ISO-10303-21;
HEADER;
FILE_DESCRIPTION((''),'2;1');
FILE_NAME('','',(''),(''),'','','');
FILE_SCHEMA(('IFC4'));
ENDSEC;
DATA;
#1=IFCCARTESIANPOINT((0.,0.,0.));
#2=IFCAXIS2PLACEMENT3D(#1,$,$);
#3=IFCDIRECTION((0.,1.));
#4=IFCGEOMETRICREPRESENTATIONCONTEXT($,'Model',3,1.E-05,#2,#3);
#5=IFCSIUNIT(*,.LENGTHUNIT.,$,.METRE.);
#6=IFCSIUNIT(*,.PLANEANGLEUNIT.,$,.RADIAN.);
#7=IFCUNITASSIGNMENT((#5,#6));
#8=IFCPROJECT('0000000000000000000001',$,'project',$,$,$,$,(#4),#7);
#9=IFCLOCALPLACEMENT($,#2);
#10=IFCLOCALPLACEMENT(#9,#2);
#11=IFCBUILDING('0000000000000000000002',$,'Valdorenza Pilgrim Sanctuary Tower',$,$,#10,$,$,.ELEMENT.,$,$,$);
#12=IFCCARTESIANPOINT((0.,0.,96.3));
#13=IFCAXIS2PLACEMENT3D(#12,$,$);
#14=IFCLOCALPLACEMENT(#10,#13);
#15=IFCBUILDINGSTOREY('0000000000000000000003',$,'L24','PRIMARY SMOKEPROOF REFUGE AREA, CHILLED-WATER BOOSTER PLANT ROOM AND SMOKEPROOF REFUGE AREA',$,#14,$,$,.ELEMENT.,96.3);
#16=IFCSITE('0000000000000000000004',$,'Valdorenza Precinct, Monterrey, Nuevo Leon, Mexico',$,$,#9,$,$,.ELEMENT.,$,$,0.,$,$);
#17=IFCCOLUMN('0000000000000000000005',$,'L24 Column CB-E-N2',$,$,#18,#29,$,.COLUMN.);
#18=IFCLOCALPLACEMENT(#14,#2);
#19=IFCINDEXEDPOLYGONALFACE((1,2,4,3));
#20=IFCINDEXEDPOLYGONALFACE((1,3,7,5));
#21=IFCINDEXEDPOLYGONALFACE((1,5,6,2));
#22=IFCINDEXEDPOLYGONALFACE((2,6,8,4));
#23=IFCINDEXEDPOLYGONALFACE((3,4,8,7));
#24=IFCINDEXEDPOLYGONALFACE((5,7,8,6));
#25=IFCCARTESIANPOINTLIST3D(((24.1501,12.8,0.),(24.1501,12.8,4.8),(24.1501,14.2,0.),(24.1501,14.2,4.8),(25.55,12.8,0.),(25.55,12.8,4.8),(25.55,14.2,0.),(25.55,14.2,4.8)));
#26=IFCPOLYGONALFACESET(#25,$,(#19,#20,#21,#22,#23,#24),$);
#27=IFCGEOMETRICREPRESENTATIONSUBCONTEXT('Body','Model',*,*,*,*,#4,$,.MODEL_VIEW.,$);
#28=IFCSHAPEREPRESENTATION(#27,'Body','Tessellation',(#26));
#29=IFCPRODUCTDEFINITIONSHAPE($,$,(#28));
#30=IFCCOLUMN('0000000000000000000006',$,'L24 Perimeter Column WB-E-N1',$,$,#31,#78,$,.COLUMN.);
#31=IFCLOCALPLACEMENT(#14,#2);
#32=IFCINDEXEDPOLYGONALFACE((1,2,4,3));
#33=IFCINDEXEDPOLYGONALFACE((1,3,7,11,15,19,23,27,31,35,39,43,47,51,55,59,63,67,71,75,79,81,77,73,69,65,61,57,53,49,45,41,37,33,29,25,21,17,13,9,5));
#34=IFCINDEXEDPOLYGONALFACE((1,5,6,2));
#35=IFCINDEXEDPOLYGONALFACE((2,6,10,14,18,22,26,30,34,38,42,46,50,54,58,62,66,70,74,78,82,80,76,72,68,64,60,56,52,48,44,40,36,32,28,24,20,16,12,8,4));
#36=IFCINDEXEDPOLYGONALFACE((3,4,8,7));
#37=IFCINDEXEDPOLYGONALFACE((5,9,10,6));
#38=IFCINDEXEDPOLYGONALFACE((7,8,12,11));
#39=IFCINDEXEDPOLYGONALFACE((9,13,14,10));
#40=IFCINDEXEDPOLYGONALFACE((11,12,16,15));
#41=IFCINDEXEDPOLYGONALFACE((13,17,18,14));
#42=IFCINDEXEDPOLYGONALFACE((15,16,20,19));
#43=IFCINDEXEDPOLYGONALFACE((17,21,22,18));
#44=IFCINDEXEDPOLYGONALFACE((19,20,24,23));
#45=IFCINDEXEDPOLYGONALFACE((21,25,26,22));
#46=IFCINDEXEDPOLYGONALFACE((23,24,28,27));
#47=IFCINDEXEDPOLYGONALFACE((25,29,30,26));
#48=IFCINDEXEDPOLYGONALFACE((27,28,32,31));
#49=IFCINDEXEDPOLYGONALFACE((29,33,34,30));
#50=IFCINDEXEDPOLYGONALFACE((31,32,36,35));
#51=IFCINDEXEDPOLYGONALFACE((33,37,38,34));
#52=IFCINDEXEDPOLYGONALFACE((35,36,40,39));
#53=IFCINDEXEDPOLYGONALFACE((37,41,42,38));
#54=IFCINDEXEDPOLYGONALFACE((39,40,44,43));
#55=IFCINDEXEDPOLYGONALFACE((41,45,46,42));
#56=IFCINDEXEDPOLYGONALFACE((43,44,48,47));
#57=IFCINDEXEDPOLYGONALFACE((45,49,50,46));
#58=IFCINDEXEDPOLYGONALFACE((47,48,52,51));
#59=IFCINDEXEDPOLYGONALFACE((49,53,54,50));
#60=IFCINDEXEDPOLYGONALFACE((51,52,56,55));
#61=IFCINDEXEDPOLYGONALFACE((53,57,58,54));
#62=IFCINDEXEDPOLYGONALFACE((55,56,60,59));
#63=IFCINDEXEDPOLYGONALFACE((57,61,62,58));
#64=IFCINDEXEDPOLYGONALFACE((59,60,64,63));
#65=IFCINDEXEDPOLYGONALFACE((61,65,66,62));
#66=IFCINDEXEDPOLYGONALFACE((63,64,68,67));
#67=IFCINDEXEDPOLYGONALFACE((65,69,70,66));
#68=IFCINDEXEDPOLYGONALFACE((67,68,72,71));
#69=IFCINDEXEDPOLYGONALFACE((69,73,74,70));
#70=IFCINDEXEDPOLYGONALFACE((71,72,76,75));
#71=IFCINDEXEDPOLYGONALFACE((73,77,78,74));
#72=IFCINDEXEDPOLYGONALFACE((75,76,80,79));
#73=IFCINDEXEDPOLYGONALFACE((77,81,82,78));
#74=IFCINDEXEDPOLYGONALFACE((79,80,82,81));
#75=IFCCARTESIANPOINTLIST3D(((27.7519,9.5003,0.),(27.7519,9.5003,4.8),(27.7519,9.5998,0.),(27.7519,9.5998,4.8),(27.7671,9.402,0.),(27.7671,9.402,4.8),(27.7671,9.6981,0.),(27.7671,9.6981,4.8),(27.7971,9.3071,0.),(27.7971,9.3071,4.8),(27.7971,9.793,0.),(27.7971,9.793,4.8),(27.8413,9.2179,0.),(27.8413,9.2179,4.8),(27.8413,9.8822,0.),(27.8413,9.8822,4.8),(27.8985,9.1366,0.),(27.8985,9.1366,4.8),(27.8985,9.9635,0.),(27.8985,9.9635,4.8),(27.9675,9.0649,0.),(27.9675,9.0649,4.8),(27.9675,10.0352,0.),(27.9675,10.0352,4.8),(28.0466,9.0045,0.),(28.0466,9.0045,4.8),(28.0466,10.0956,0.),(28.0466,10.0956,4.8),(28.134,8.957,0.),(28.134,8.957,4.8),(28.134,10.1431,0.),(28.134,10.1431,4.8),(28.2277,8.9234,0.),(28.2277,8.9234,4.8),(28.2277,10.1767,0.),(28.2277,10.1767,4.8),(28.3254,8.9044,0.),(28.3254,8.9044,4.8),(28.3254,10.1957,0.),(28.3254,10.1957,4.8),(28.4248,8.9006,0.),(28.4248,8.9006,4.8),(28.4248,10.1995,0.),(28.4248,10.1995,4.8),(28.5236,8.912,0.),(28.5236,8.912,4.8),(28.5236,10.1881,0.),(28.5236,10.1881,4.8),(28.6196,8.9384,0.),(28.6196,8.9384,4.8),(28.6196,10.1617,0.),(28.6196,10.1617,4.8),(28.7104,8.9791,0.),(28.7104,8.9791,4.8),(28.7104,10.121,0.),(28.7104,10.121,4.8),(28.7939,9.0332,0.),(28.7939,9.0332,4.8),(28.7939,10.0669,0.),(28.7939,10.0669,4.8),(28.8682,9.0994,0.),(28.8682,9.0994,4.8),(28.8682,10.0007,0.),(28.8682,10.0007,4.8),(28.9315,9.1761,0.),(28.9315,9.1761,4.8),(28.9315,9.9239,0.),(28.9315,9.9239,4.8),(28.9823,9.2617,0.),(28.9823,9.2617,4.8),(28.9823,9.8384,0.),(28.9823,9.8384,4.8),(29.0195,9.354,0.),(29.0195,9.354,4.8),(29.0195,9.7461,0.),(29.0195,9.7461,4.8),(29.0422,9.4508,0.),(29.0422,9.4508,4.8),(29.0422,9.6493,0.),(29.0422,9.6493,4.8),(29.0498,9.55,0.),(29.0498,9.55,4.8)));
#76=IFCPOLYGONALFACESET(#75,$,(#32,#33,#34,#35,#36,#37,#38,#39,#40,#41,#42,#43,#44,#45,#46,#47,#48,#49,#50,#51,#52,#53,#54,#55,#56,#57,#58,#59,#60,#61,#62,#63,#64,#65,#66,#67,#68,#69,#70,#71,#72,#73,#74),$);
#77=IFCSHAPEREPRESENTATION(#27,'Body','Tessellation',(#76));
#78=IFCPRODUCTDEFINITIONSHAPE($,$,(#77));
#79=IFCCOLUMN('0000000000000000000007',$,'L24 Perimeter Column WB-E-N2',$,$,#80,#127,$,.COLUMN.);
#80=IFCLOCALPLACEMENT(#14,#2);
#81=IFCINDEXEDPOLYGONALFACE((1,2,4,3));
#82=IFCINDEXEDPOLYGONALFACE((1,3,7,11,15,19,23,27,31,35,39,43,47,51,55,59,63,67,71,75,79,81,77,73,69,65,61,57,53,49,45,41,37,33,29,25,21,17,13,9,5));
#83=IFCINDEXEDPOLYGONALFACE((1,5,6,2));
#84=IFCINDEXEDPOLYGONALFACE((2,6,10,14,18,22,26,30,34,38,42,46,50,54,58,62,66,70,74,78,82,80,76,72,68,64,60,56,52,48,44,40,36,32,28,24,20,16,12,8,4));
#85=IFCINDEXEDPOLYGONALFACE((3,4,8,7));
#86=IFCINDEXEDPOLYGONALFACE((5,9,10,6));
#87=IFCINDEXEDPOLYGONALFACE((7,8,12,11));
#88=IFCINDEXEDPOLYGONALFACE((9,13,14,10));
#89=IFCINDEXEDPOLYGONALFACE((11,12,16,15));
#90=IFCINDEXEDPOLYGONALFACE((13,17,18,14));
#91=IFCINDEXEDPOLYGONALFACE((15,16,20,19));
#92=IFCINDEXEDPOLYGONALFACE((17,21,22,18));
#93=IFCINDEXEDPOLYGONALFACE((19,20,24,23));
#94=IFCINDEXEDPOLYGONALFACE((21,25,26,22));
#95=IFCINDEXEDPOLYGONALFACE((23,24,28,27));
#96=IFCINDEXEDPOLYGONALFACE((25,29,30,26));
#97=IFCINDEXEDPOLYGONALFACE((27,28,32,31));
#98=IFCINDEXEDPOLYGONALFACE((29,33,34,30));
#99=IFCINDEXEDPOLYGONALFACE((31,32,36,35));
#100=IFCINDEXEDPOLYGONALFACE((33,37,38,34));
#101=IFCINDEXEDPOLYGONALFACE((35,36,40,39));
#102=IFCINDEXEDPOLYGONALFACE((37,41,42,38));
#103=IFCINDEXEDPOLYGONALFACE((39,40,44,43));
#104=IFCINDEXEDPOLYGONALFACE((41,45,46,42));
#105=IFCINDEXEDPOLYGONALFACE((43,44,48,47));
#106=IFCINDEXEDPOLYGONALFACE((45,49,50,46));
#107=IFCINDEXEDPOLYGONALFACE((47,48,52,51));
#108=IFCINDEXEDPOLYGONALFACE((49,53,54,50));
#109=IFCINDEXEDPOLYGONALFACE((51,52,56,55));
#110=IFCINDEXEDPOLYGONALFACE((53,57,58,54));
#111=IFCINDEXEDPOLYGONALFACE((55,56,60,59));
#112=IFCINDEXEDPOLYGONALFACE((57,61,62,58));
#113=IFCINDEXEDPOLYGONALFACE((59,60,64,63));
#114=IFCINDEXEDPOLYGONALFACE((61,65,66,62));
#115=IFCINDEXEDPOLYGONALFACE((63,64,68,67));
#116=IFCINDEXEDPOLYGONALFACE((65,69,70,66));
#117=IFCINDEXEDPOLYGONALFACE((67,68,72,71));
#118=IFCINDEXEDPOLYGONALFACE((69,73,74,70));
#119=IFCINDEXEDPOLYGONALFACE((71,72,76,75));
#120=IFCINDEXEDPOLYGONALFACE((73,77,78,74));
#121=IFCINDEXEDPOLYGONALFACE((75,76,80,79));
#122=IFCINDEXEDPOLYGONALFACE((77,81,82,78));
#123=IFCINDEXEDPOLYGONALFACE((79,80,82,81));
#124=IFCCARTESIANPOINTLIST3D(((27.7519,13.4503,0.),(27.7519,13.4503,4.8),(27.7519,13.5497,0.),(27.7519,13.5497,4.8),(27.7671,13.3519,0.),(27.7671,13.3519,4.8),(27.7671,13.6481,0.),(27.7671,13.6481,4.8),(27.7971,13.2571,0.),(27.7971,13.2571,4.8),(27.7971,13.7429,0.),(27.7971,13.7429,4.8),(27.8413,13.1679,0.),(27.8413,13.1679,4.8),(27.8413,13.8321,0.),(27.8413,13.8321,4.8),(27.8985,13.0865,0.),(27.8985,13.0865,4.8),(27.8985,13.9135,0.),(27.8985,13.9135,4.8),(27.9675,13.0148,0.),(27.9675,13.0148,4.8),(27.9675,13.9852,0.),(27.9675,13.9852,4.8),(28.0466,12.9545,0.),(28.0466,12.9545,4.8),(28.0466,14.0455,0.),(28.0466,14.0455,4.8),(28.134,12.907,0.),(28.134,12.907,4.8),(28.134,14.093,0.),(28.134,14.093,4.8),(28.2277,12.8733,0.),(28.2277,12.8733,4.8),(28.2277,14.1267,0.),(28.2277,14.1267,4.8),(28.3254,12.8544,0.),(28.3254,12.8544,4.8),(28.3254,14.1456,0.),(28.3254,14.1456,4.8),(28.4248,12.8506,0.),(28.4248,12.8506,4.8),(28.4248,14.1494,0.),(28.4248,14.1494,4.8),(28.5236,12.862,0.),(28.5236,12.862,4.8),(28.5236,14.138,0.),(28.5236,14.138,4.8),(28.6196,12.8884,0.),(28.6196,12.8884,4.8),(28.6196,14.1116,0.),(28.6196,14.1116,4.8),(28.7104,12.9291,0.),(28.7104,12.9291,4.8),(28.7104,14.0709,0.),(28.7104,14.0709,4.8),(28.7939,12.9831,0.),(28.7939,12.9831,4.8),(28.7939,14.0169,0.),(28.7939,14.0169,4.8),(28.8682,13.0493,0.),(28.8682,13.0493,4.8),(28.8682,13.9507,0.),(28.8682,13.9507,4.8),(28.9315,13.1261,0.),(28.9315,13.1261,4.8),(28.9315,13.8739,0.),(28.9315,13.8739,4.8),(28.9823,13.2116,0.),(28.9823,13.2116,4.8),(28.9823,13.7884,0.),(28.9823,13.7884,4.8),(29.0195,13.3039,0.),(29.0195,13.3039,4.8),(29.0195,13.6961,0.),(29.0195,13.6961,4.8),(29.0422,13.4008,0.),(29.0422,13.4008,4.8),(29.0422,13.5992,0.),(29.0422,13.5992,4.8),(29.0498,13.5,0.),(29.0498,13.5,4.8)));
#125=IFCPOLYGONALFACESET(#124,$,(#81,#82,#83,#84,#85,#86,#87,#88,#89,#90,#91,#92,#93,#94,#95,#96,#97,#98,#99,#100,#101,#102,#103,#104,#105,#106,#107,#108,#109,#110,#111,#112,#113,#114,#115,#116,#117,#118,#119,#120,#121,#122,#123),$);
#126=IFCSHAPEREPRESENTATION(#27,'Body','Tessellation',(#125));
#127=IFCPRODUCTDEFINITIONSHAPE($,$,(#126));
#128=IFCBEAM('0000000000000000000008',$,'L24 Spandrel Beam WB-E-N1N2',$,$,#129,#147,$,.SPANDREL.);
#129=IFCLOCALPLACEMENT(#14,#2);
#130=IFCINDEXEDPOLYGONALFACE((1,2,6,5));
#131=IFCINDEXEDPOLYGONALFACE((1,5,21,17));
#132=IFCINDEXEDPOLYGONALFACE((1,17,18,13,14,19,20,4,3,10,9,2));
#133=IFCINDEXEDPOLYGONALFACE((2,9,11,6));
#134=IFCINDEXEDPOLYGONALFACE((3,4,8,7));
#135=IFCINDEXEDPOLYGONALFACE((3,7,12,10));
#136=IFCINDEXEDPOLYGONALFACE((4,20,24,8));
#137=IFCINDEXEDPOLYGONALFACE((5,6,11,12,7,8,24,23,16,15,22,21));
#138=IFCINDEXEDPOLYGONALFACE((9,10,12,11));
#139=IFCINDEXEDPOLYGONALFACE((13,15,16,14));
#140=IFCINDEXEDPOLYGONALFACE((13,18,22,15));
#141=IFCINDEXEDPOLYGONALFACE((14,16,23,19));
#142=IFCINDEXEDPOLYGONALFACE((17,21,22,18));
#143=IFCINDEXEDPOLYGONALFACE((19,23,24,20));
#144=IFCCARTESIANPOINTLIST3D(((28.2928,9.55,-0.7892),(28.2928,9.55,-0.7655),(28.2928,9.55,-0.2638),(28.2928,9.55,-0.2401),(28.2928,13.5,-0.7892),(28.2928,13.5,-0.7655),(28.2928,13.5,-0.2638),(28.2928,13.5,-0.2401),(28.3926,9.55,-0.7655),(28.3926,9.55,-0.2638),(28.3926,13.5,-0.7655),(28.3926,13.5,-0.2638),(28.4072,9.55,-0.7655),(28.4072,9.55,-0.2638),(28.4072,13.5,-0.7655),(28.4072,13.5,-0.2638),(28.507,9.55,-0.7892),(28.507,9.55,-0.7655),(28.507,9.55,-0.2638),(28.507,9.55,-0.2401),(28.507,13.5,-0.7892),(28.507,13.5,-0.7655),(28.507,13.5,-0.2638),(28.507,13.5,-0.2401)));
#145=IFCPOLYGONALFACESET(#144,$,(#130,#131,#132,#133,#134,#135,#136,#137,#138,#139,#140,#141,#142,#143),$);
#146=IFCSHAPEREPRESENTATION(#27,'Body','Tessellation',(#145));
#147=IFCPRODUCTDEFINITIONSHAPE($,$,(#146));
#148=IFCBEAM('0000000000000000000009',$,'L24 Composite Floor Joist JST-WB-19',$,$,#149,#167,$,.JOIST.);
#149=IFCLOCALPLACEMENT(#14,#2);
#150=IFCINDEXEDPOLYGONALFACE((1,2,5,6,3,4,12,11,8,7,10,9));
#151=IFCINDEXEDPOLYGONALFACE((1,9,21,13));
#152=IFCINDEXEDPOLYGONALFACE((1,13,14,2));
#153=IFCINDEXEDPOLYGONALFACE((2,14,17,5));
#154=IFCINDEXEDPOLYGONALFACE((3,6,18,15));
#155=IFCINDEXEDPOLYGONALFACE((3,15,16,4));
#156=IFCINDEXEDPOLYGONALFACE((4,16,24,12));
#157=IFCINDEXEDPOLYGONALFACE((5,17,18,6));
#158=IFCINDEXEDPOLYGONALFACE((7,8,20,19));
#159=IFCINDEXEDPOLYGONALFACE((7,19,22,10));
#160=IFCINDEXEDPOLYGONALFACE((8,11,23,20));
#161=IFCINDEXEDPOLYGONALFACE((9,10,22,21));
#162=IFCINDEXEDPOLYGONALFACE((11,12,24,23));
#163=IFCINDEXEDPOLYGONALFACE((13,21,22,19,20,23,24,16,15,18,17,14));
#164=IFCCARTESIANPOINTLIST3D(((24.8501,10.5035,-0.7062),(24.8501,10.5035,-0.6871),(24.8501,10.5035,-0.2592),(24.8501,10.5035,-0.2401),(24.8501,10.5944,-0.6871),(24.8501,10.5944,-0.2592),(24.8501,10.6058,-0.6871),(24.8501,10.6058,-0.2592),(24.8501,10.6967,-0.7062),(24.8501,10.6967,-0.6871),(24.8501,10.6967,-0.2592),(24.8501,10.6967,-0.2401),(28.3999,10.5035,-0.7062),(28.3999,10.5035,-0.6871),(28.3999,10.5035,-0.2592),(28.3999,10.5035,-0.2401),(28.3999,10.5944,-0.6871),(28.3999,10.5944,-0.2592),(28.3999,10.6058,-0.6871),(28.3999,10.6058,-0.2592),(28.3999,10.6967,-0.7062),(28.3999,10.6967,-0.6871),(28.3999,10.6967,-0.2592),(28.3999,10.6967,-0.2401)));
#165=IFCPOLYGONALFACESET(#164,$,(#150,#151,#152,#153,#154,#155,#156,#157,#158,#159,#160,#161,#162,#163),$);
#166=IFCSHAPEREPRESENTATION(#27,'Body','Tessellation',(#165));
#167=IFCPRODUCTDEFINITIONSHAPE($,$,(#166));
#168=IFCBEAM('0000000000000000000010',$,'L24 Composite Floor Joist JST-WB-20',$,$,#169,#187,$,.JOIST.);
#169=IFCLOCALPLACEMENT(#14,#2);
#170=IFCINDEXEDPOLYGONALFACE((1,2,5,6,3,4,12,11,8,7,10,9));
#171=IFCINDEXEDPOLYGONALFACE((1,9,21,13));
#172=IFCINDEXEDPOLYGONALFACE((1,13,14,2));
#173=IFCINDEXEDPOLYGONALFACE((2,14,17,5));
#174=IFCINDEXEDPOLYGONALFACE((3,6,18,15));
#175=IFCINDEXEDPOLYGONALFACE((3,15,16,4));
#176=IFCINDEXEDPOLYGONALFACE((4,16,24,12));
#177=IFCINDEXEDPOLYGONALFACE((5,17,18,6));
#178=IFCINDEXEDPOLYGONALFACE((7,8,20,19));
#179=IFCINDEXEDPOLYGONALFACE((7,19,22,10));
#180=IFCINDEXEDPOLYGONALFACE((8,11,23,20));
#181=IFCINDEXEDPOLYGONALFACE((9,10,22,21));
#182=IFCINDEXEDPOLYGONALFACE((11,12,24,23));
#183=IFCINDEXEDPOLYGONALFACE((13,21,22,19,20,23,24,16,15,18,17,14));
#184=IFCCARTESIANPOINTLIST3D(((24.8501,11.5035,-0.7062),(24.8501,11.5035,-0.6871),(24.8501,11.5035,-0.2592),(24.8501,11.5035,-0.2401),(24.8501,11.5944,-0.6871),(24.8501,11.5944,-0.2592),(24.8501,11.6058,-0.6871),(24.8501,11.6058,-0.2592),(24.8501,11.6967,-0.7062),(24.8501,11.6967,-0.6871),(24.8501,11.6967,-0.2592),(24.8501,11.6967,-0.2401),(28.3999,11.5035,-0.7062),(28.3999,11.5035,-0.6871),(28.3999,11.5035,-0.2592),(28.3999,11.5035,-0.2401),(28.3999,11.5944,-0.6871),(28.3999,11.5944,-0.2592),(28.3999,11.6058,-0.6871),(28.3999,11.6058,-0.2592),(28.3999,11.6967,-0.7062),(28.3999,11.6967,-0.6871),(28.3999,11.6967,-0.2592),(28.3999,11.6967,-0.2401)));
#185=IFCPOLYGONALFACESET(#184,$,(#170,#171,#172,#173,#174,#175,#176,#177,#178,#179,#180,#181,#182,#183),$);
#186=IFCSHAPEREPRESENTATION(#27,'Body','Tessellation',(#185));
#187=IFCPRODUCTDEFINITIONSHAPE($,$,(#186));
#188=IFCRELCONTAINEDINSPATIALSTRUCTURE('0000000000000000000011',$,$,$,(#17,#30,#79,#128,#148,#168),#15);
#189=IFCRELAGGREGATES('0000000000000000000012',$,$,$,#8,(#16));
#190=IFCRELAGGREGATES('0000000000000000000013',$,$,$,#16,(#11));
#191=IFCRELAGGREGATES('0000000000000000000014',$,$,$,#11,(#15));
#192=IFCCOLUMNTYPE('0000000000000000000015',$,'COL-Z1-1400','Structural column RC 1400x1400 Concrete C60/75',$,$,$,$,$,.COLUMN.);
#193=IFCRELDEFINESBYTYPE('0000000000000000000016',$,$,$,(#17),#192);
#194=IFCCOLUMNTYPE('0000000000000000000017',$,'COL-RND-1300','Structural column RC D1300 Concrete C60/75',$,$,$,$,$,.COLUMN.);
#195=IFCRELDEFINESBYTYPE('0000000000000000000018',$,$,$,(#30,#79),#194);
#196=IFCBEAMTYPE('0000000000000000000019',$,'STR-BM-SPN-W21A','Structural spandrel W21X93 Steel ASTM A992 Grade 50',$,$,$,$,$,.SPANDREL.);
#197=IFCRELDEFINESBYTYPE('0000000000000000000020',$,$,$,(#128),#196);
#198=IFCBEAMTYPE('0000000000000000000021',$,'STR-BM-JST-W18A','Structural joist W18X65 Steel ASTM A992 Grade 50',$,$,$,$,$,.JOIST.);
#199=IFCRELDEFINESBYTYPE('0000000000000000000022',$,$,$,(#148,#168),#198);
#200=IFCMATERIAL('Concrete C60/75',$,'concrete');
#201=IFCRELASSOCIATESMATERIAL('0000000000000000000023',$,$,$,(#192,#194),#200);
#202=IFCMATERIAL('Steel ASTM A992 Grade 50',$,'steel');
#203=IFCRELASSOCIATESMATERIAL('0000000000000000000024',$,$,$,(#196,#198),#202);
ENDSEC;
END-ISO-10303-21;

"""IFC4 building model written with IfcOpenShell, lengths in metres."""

from ifc_helpers import new_model, si_unit, direction, frame, origin, origin_2d, place, context, subcontext, project, spatial, rectangle, circle, i_section, extrude, source, transform, mapped, material, material_profile, profile_set, type_object, element, save


model = new_model("IFC4")

# Units and contexts
model_context = context("Model", 3, precision=1e-05, world=origin(), true_north=direction((0.0, 1.0)))
body_context = subcontext(model_context, "Body", "Model", "MODEL_VIEW")
ifc_project = project(units=[si_unit("LENGTHUNIT", "METRE"), si_unit("PLANEANGLEUNIT", "RADIAN")], contexts=[model_context])

# Site, building, storey
site_placement = place(None, origin())
site = spatial("IfcSite", under=ifc_project, at=site_placement, Name="Valdorenza Precinct, Monterrey, Nuevo Leon, Mexico", CompositionType="ELEMENT", RefElevation=0.0)
building_placement = place(site_placement, origin())
building = spatial("IfcBuilding", under=site, at=building_placement, Name="Valdorenza Pilgrim Sanctuary Tower", CompositionType="ELEMENT")
storey_placement = place(building_placement, frame((0.0, 0.0, 96.3)))
storey = spatial("IfcBuildingStorey", under=building, at=storey_placement, Name="L24", Description="PRIMARY SMOKEPROOF REFUGE AREA, CHILLED-WATER BOOSTER PLANT ROOM AND SMOKEPROOF REFUGE AREA", CompositionType="ELEMENT", Elevation=96.3)

# Columns
ifc_material_1 = material(Name="Concrete C60/75", Category="concrete")
ifc_material_profile_1 = material_profile(ifc_material_1, rectangle(XDim=1.3999, YDim=1.3999, at=origin_2d()), Name="RC 1400x1400")
ifc_profile_set_1 = profile_set([ifc_material_profile_1], Name="Concrete C60/75")
column_type_1 = type_object("IfcColumnType", Name="COL-Z1-1400", Description="Structural column RC 1400x1400 Concrete C60/75", PredefinedType="COLUMN", material=ifc_profile_set_1)
shared_shape_1 = source(origin(), body_context, "Body", "SweptSolid", [
    extrude(rectangle(XDim=1.3999, YDim=1.3999, at=origin_2d()), origin(), (0.0, 0.0, 1.0), 4.8),
])
column_placement = place(storey_placement, frame((24.8501, 13.5, 0.0), z_axis=(0.0, 0.0, 1.0), x_axis=(1.0, 0.0, 0.0)))
element("IfcColumn", 1, at=column_placement, inside=storey, type_object=column_type_1, Name="L24 Column CB-E-N2", PredefinedType="COLUMN", context=body_context, shape_type="MappedRepresentation", body=[
    mapped(shared_shape_1, transform((0.0, 0.0, 0.0), x_axis=(1.0, 0.0, 0.0), y_axis=(0.0, 1.0, 0.0), z_axis=(0.0, 0.0, 1.0), scale=1.0)),
])
ifc_material_profile_2 = material_profile(ifc_material_1, circle(Radius=0.6499, at=origin_2d()), Name="RC D1300")
ifc_profile_set_2 = profile_set([ifc_material_profile_2], Name="Concrete C60/75")
column_type_2 = type_object("IfcColumnType", Name="COL-RND-1300", Description="Structural column RC D1300 Concrete C60/75", PredefinedType="COLUMN", material=ifc_profile_set_2)
shared_shape_2 = source(origin(), body_context, "Body", "SweptSolid", [
    extrude(circle(Radius=0.6499, at=origin_2d()), origin(), (0.0, 0.0, 1.0), 4.8),
])
for number, where, z_axis, x_axis, name in (
    (2, (28.3999, 9.55, 0.0), (0.0, 0.0, 1.0), (1.0, 0.0, 0.0), "L24 Perimeter Column WB-E-N1"),
    (3, (28.3999, 13.5, 0.0), (0.0, 0.0, 1.0), (1.0, 0.0, 0.0), "L24 Perimeter Column WB-E-N2"),
):
    element("IfcColumn", number, at=place(storey_placement, frame(where, z_axis=z_axis, x_axis=x_axis)), inside=storey, type_object=column_type_2, Name=name, PredefinedType="COLUMN", context=body_context, shape_type="MappedRepresentation", body=[
        mapped(shared_shape_2, transform((0.0, 0.0, 0.0), x_axis=(1.0, 0.0, 0.0), y_axis=(0.0, 1.0, 0.0), z_axis=(0.0, 0.0, 1.0), scale=1.0)),
    ])

# Beams
ifc_material_2 = material(Name="Steel ASTM A992 Grade 50", Category="steel")
ifc_material_profile_3 = material_profile(ifc_material_2, i_section(OverallWidth=0.2141, OverallDepth=0.5491, WebThickness=0.0146, FlangeThickness=0.0237, at=origin_2d()), Name="W21X93")
ifc_profile_set_3 = profile_set([ifc_material_profile_3], Name="Steel ASTM A992 Grade 50")
beam_type_1 = type_object("IfcBeamType", Name="STR-BM-SPN-W21A", Description="Structural spandrel W21X93 Steel ASTM A992 Grade 50", PredefinedType="SPANDREL", material=ifc_profile_set_3)
shared_shape_3 = source(origin(), body_context, "Body", "SweptSolid", [
    extrude(i_section(OverallWidth=0.2141, OverallDepth=0.5491, WebThickness=0.0146, FlangeThickness=0.0237, at=origin_2d()), origin(), (0.0, 0.0, 1.0), 3.95),
])
beam_1_placement = place(storey_placement, frame((28.3999, 9.55, -0.5146), z_axis=(0.0, 1.0, 0.0), x_axis=(-1.0, 0.0, 0.0)))
element("IfcBeam", 4, at=beam_1_placement, inside=storey, type_object=beam_type_1, Name="L24 Spandrel Beam WB-E-N1N2", PredefinedType="SPANDREL", context=body_context, shape_type="MappedRepresentation", body=[
    mapped(shared_shape_3, transform((0.0, 0.0, 0.0), x_axis=(1.0, 0.0, 0.0), y_axis=(0.0, 1.0, 0.0), z_axis=(0.0, 0.0, 1.0), scale=1.0)),
])
ifc_material_profile_4 = material_profile(ifc_material_2, i_section(OverallWidth=0.1931, OverallDepth=0.4661, WebThickness=0.0115, FlangeThickness=0.019, at=origin_2d()), Name="W18X65")
ifc_profile_set_4 = profile_set([ifc_material_profile_4], Name="Steel ASTM A992 Grade 50")
beam_type_2 = type_object("IfcBeamType", Name="STR-BM-JST-W18A", Description="Structural joist W18X65 Steel ASTM A992 Grade 50", PredefinedType="JOIST", material=ifc_profile_set_4)
shared_shape_4 = source(origin(), body_context, "Body", "SweptSolid", [
    extrude(i_section(OverallWidth=0.1931, OverallDepth=0.4661, WebThickness=0.0115, FlangeThickness=0.019, at=origin_2d()), origin(), (0.0, 0.0, 1.0), 3.5498),
])
for number, where, z_axis, x_axis, name in (
    (5, (24.8501, 10.6001, -0.4731), (1.0, 0.0, 0.0), (0.0, 1.0, 0.0), "L24 Composite Floor Joist JST-WB-19"),
    (6, (24.8501, 11.6001, -0.4731), (1.0, 0.0, 0.0), (0.0, 1.0, 0.0), "L24 Composite Floor Joist JST-WB-20"),
):
    element("IfcBeam", number, at=place(storey_placement, frame(where, z_axis=z_axis, x_axis=x_axis)), inside=storey, type_object=beam_type_2, Name=name, PredefinedType="JOIST", context=body_context, shape_type="MappedRepresentation", body=[
        mapped(shared_shape_4, transform((0.0, 0.0, 0.0), x_axis=(1.0, 0.0, 0.0), y_axis=(0.0, 1.0, 0.0), z_axis=(0.0, 0.0, 1.0), scale=1.0)),
    ])

save(model, "model.ifc")
